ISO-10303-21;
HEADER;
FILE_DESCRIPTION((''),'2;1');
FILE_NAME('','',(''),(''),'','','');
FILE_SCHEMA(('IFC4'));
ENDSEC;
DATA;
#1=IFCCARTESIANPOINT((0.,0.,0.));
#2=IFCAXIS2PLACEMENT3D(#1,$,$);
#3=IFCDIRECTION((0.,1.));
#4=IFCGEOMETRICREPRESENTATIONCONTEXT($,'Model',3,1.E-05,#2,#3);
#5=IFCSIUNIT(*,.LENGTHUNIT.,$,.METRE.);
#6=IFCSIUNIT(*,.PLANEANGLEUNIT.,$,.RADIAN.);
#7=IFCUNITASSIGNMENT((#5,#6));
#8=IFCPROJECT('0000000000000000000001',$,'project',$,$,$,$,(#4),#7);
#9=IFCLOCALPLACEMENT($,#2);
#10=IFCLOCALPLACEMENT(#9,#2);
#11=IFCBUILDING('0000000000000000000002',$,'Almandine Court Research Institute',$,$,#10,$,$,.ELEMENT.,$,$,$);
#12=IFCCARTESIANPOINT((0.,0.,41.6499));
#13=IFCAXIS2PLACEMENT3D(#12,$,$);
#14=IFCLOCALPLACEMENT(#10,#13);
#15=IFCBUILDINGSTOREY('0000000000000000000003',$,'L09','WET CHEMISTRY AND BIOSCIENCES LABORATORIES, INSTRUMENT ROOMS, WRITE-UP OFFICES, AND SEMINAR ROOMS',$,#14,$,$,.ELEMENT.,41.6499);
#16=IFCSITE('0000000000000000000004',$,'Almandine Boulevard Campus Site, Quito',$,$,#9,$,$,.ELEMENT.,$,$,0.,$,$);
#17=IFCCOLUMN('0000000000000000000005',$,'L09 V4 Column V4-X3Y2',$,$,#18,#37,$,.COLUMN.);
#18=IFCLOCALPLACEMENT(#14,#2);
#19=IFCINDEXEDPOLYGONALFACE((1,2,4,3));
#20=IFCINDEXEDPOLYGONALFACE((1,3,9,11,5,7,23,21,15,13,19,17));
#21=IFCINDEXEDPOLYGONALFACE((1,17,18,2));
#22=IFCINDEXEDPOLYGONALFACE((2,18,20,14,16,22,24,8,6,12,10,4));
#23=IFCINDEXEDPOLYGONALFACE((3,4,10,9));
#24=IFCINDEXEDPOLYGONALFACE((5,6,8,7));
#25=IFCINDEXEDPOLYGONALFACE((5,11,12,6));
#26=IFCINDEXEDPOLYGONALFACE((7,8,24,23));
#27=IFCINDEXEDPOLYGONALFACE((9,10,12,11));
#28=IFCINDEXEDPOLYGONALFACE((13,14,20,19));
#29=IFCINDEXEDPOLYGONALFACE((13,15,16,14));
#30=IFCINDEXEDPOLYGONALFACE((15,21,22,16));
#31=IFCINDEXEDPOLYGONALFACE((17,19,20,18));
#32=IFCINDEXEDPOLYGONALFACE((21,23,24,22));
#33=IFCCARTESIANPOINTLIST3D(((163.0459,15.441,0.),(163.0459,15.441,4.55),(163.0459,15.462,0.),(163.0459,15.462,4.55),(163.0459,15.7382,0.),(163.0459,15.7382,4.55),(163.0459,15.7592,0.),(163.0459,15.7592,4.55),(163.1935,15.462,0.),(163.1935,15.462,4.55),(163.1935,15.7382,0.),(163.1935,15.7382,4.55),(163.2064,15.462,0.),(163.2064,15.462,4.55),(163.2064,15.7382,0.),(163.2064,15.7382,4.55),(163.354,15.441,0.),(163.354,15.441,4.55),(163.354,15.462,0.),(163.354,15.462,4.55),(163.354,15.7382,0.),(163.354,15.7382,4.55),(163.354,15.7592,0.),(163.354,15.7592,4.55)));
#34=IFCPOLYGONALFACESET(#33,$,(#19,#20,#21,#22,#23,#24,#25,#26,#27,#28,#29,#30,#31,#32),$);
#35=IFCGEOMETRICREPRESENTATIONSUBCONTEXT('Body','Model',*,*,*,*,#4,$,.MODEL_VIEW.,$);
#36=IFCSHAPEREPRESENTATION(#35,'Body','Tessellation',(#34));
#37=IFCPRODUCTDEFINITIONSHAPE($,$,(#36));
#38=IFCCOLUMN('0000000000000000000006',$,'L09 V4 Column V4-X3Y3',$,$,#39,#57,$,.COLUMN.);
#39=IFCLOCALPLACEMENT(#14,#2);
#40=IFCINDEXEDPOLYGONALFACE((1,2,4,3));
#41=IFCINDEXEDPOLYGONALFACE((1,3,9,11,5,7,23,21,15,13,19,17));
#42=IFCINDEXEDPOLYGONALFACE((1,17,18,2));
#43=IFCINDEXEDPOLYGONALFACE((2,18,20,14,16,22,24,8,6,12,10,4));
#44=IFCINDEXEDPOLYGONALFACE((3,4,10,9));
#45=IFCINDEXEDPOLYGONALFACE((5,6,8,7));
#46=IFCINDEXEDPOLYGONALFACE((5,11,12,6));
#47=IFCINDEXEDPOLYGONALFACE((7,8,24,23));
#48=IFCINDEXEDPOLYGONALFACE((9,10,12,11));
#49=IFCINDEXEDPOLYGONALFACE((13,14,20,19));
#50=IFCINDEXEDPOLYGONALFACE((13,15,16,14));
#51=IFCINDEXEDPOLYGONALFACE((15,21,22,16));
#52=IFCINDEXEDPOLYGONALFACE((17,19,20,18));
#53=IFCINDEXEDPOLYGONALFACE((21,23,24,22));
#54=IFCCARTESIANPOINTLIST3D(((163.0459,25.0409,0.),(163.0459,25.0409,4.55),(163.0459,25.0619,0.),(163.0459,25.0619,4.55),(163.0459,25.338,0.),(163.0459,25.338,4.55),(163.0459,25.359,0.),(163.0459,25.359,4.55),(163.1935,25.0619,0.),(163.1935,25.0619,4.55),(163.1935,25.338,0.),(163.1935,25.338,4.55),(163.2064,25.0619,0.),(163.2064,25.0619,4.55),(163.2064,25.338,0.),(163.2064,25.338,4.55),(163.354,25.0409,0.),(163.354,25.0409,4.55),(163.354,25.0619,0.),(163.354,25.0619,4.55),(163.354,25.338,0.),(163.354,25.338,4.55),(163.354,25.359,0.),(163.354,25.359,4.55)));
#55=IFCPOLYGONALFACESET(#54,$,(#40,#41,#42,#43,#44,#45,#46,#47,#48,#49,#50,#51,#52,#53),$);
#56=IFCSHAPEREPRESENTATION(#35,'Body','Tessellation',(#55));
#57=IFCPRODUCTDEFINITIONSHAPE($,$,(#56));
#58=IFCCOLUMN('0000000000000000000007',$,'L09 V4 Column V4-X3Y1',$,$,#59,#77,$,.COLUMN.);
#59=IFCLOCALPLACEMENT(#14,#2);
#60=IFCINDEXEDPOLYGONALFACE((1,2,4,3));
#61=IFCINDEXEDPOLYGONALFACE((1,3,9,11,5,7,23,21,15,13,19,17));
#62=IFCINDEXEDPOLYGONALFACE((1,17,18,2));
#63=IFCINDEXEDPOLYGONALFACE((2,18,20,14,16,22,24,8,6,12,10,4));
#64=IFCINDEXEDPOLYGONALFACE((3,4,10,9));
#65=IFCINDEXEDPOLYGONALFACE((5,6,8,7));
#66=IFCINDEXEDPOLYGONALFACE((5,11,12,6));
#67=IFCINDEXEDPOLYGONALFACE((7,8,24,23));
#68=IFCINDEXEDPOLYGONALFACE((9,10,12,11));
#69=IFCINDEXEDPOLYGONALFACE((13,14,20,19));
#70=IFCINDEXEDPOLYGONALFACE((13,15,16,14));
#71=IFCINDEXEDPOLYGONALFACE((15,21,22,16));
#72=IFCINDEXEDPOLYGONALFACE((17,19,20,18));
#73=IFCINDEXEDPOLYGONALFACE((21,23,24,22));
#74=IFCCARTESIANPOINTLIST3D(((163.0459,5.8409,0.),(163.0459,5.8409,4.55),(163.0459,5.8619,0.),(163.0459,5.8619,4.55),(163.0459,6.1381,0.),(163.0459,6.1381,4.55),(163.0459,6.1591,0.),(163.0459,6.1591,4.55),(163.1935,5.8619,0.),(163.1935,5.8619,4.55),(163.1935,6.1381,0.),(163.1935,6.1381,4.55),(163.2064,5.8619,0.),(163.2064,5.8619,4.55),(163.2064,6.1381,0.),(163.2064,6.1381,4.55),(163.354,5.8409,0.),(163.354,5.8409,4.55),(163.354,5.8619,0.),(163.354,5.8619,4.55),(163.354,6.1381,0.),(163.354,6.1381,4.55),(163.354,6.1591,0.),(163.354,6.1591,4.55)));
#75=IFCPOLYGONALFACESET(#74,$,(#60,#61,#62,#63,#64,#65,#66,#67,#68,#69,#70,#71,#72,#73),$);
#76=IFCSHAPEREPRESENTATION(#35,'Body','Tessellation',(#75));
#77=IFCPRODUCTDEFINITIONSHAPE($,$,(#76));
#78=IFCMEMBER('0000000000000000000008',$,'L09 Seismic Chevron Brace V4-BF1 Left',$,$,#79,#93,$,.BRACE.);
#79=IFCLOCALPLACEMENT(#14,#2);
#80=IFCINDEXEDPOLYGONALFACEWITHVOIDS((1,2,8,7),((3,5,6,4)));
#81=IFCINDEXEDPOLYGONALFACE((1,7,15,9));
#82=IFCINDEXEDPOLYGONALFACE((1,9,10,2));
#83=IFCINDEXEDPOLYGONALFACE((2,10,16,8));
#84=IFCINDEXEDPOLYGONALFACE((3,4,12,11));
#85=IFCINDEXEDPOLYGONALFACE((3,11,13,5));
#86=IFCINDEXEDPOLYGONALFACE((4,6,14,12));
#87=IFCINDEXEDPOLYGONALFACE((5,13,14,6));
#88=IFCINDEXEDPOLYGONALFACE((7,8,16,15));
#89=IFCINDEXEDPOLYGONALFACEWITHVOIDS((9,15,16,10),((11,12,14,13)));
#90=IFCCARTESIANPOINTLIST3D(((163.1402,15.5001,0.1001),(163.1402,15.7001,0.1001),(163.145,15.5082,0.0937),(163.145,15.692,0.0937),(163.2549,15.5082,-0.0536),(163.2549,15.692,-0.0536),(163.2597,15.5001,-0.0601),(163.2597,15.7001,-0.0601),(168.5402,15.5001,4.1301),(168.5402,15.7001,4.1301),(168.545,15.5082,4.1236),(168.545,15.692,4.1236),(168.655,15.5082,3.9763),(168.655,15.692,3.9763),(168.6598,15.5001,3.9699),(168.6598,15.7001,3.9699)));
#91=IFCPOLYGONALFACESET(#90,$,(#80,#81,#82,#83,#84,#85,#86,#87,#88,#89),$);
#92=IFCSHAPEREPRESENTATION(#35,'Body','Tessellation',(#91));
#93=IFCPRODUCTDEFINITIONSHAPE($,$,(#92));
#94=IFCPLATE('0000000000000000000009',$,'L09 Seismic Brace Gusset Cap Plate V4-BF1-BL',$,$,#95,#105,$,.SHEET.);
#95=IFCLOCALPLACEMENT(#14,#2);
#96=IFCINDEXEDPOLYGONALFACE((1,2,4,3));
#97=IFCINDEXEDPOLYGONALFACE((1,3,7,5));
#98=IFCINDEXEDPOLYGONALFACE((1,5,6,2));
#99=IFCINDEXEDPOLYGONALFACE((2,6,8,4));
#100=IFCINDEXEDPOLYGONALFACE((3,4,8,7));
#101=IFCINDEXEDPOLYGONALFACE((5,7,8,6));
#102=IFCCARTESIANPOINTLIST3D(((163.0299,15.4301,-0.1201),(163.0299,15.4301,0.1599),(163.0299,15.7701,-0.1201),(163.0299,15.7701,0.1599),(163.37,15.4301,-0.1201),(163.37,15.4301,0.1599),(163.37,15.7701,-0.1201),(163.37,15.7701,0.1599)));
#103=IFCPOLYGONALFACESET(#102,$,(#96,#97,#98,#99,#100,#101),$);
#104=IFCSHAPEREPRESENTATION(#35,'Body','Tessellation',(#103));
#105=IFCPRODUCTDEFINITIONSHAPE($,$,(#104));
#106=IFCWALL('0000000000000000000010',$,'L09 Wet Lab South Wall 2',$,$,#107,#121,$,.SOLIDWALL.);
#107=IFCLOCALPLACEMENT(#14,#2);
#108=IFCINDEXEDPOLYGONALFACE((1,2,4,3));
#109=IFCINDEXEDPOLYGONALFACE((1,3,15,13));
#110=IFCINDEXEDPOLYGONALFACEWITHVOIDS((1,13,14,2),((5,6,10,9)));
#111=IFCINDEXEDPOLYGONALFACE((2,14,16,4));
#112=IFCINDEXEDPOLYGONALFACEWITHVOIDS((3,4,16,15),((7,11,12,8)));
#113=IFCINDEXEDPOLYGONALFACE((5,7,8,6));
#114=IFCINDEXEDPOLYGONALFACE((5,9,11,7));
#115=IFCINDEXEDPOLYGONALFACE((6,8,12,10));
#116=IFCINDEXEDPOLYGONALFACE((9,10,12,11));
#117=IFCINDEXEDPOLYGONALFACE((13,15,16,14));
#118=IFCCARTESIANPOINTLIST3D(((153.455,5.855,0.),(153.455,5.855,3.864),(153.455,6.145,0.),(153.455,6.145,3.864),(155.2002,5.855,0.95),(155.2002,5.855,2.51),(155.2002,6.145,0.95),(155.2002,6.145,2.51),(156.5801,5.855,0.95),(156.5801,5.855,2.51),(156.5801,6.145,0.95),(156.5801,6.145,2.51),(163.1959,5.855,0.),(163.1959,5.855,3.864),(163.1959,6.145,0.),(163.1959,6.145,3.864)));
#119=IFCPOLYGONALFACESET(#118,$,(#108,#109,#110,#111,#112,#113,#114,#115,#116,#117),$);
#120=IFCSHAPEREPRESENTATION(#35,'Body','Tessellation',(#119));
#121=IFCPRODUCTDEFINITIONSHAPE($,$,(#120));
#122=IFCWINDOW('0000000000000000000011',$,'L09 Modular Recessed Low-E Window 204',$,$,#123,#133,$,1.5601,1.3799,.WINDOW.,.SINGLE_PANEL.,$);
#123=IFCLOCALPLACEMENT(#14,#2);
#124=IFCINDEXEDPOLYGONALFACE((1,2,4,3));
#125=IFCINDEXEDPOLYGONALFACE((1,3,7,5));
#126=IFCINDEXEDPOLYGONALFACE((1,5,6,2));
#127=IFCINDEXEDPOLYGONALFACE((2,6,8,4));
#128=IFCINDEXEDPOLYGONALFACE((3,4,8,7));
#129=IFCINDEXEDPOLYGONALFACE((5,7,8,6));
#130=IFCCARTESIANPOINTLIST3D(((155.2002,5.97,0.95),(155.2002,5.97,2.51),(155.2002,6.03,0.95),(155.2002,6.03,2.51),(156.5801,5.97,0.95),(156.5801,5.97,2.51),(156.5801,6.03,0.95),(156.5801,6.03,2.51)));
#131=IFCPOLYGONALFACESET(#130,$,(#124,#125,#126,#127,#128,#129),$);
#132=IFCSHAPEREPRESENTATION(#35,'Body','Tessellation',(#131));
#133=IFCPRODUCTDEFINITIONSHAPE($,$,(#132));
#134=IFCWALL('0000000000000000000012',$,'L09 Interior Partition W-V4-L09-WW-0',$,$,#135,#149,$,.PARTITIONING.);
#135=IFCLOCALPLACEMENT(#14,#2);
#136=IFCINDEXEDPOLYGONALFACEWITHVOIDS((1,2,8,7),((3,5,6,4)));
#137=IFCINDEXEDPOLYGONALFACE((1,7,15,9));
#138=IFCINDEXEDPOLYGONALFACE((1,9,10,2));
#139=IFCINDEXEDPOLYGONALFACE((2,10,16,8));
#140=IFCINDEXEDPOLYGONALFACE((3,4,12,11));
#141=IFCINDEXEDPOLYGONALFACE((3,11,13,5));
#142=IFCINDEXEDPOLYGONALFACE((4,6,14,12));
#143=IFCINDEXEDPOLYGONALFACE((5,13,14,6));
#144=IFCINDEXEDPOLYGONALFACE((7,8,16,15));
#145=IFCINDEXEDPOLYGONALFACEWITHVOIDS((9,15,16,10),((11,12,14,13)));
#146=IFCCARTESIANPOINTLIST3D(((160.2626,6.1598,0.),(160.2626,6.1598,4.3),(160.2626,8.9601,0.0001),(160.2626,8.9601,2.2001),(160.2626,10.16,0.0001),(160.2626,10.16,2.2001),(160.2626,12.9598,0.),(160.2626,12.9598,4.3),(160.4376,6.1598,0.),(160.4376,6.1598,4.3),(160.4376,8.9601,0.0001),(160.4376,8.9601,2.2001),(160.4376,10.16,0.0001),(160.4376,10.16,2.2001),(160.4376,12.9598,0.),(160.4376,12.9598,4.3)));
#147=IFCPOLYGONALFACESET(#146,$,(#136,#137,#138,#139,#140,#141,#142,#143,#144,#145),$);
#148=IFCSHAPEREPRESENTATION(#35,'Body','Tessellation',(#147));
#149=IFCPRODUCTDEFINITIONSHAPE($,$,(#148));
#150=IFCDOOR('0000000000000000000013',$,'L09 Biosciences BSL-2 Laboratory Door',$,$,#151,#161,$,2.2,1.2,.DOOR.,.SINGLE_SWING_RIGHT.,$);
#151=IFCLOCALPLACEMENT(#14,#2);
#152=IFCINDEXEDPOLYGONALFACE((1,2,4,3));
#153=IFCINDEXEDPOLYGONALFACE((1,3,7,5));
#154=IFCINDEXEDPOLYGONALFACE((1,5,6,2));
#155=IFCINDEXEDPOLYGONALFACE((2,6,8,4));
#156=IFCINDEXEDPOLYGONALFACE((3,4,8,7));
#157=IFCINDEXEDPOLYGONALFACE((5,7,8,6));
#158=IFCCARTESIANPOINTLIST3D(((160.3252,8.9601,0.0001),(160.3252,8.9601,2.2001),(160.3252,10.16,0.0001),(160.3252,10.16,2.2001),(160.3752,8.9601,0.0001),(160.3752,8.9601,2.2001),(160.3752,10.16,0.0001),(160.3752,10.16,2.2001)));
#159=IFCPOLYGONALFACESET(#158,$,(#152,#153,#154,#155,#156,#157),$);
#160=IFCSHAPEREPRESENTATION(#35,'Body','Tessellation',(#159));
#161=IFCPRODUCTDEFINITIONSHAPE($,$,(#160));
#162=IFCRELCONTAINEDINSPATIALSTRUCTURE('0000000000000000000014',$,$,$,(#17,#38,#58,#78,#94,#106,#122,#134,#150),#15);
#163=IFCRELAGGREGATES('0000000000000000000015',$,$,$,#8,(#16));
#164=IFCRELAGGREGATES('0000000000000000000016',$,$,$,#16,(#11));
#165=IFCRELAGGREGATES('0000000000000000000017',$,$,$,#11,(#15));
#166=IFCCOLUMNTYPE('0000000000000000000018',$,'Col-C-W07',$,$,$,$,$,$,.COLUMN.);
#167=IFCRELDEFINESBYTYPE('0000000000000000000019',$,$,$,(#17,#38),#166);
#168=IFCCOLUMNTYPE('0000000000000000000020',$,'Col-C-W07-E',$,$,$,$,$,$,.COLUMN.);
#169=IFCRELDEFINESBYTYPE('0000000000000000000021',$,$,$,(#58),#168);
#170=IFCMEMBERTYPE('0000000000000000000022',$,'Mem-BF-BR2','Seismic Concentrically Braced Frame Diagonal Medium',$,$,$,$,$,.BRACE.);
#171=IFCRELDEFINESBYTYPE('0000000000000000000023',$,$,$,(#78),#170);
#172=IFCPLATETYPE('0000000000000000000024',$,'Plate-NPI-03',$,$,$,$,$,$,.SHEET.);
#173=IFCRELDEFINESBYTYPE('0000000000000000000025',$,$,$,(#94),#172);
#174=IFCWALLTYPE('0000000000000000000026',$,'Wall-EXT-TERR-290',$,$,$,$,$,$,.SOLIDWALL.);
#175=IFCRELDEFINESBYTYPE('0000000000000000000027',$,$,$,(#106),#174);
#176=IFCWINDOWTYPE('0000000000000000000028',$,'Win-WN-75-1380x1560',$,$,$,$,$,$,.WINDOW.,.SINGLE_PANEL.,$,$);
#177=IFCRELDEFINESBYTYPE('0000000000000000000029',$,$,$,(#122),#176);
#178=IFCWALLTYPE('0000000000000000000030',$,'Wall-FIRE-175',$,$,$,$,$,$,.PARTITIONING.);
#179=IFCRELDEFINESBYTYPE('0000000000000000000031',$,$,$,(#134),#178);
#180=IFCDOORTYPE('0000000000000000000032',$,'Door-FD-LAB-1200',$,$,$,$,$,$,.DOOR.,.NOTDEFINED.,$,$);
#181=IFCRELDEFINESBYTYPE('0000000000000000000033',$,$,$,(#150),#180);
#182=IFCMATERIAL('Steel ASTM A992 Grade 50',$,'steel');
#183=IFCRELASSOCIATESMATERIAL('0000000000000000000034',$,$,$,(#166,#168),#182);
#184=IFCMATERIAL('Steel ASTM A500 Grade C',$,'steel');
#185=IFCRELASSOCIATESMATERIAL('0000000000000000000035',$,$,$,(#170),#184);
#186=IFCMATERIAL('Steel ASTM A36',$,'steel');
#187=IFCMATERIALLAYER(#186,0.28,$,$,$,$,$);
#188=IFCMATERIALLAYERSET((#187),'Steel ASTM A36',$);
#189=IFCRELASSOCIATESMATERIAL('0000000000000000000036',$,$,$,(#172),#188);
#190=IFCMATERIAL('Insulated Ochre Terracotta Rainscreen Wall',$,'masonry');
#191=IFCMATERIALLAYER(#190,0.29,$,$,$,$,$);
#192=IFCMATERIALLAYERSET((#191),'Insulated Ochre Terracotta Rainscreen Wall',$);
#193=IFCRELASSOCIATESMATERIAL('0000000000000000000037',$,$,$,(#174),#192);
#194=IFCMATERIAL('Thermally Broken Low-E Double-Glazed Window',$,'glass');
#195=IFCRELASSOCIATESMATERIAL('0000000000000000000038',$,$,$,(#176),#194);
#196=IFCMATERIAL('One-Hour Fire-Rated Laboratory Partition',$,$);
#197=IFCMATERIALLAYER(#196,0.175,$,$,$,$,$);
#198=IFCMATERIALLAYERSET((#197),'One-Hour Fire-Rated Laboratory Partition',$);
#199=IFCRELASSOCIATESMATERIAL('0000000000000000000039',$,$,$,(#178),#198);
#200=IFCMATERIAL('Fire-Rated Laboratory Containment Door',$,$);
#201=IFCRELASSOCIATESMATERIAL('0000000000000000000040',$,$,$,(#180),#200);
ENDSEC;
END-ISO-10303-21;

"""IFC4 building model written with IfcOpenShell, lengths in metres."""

from ifc_helpers import new_model, si_unit, direction, frame, frame_2d, origin, origin_2d, place, context, subcontext, project, spatial, rectangle, hollow_rectangle, i_section, extrude, material, layer, layer_set, material_profile, profile_set, type_object, element, fill, save


model = new_model("IFC4")

# Units and contexts
model_context = context("Model", 3, precision=1e-05, world=origin(), true_north=direction((0.0, 1.0)))
body_context = subcontext(model_context, "Body", "Model", "MODEL_VIEW")
ifc_project = project(units=[si_unit("LENGTHUNIT", "METRE"), si_unit("PLANEANGLEUNIT", "RADIAN")], contexts=[model_context])

# Site, building, storey
site_placement = place(None, origin())
site = spatial("IfcSite", under=ifc_project, at=site_placement, Name="Almandine Boulevard Campus Site, Quito", CompositionType="ELEMENT", RefElevation=0.0)
building_placement = place(site_placement, origin())
building = spatial("IfcBuilding", under=site, at=building_placement, Name="Almandine Court Research Institute", CompositionType="ELEMENT")
storey_placement = place(building_placement, frame((0.0, 0.0, 41.6499)))
storey = spatial("IfcBuildingStorey", under=building, at=storey_placement, Name="L09", Description="WET CHEMISTRY AND BIOSCIENCES LABORATORIES, INSTRUMENT ROOMS, WRITE-UP OFFICES, AND SEMINAR ROOMS", CompositionType="ELEMENT", Elevation=41.6499)

# Columns
ifc_material_1 = material(Name="Steel ASTM A992 Grade 50", Category="steel")
ifc_material_profile_1 = material_profile(ifc_material_1, i_section(OverallWidth=0.3081, OverallDepth=0.3181, WebThickness=0.0129, FlangeThickness=0.021, at=origin_2d()), Name="W310x129")
ifc_profile_set_1 = profile_set([ifc_material_profile_1], Name="Steel ASTM A992 Grade 50")
column_type_1 = type_object("IfcColumnType", Name="Col-C-W07", PredefinedType="COLUMN", material=ifc_profile_set_1)
for number, where, z_axis, x_axis, name in (
    (1, (163.2, 15.6001, 0.0), (0.0, 0.0, 1.0), (1.0, 0.0, 0.0), "L09 V4 Column V4-X3Y2"),
    (2, (163.2, 25.2, 0.0), (0.0, 0.0, 1.0), (1.0, 0.0, 0.0), "L09 V4 Column V4-X3Y3"),
):
    element("IfcColumn", number, at=place(storey_placement, frame(where, z_axis=z_axis, x_axis=x_axis)), inside=storey, type_object=column_type_1, Name=name, PredefinedType="COLUMN", context=body_context, shape_type="SweptSolid", body=[
        extrude(i_section(OverallWidth=0.3081, OverallDepth=0.3181, WebThickness=0.0129, FlangeThickness=0.021, at=origin_2d()), origin(), (0.0, 0.0, 1.0), 4.55),
    ])
ifc_material_profile_2 = material_profile(ifc_material_1, i_section(OverallWidth=0.3081, OverallDepth=0.3181, WebThickness=0.0129, FlangeThickness=0.021, at=origin_2d()), Name="W310x129")
ifc_profile_set_2 = profile_set([ifc_material_profile_2], Name="Steel ASTM A992 Grade 50")
column_type_2 = type_object("IfcColumnType", Name="Col-C-W07-E", PredefinedType="COLUMN", material=ifc_profile_set_2)
column_placement = place(storey_placement, frame((163.2, 6.0, 0.0), z_axis=(0.0, 0.0, 1.0), x_axis=(1.0, 0.0, 0.0)))
element("IfcColumn", 3, at=column_placement, inside=storey, type_object=column_type_2, Name="L09 V4 Column V4-X3Y1", PredefinedType="COLUMN", context=body_context, shape_type="SweptSolid", body=[
    extrude(i_section(OverallWidth=0.3081, OverallDepth=0.3181, WebThickness=0.0129, FlangeThickness=0.021, at=origin_2d()), origin(), (0.0, 0.0, 1.0), 4.55),
])

# Member
ifc_material_2 = material(Name="Steel ASTM A500 Grade C", Category="steel")
ifc_material_profile_3 = material_profile(ifc_material_2, hollow_rectangle(XDim=0.2, YDim=0.2, WallThickness=0.0081, at=origin_2d()), Name="HSS 200x200x8")
ifc_profile_set_3 = profile_set([ifc_material_profile_3], Name="Steel ASTM A500 Grade C")
member_type = type_object("IfcMemberType", Name="Mem-BF-BR2", Description="Seismic Concentrically Braced Frame Diagonal Medium", PredefinedType="BRACE", material=ifc_profile_set_3)
member_placement = place(storey_placement, frame((163.2, 15.6001, 0.02), z_axis=(0.801428, 0.0, 0.598091), x_axis=(0.0, 1.0, 0.0)))
element("IfcMember", 4, at=member_placement, inside=storey, type_object=member_type, Name="L09 Seismic Chevron Brace V4-BF1 Left", PredefinedType="BRACE", context=body_context, shape_type="SweptSolid", body=[
    extrude(hollow_rectangle(XDim=0.2, YDim=0.2, WallThickness=0.0081, at=origin_2d()), origin(), (0.0, 0.0, 1.0), 6.738),
])

# Plate
ifc_material_3 = material(Name="Steel ASTM A36", Category="steel")
ifc_layer_1 = layer(ifc_material_3, 0.28)
ifc_layer_set_1 = layer_set([ifc_layer_1], Name="Steel ASTM A36")
plate_type = type_object("IfcPlateType", Name="Plate-NPI-03", PredefinedType="SHEET", material=ifc_layer_set_1)
plate_placement = place(storey_placement, frame((163.2, 15.6001, -0.1201), z_axis=(0.0, 0.0, 1.0), x_axis=(1.0, 0.0, 0.0)))
element("IfcPlate", 5, at=plate_placement, inside=storey, type_object=plate_type, Name="L09 Seismic Brace Gusset Cap Plate V4-BF1-BL", PredefinedType="SHEET", context=body_context, shape_type="SweptSolid", body=[
    extrude(rectangle(XDim=0.3401, YDim=0.3401, at=origin_2d()), origin(), (0.0, 0.0, 1.0), 0.28),
])

# Wall, opening, window
ifc_material_4 = material(Name="Insulated Ochre Terracotta Rainscreen Wall", Category="masonry")
ifc_layer_2 = layer(ifc_material_4, 0.29)
ifc_layer_set_2 = layer_set([ifc_layer_2], Name="Insulated Ochre Terracotta Rainscreen Wall")
wall_type_1 = type_object("IfcWallType", Name="Wall-EXT-TERR-290", PredefinedType="SOLIDWALL", material=ifc_layer_set_2)
wall_1_placement = place(storey_placement, frame((163.196, 6.0, 0.0), z_axis=(0.0, 0.0, 1.0), x_axis=(-1.0, 0.0, 0.0)))
wall_1 = element("IfcWall", 6, at=wall_1_placement, inside=storey, type_object=wall_type_1, Name="L09 Wet Lab South Wall 2", PredefinedType="SOLIDWALL", context=body_context, shape_type="SweptSolid", body=[
    extrude(rectangle(XDim=9.741, YDim=0.29, at=frame_2d((4.8706, 0.0))), origin(), (0.0, 0.0, 1.0), 3.864),
])
opening_1_placement = place(wall_1_placement, frame((6.616, 0.0, 0.95)))
opening_1 = element("IfcOpeningElement", 7, at=opening_1_placement, cuts=wall_1, PredefinedType="OPENING", context=body_context, shape_type="SweptSolid", body=[
    extrude(rectangle(XDim=1.3799, YDim=1.5601, at=frame_2d((0.6899, 0.78))), frame((0.0, 0.155, 0.0), z_axis=(0.0, -1.0, 0.0), x_axis=(1.0, 0.0, 0.0)), (0.0, 0.0, 1.0), 0.3101),
])
ifc_material_5 = material(Name="Thermally Broken Low-E Double-Glazed Window", Category="glass")
window_type = type_object("IfcWindowType", Name="Win-WN-75-1380x1560", PartitioningType="SINGLE_PANEL", PredefinedType="WINDOW", material=ifc_material_5)
window_placement = place(opening_1_placement, origin())
window = element("IfcWindow", 8, at=window_placement, inside=storey, type_object=window_type, Name="L09 Modular Recessed Low-E Window 204", OverallHeight=1.5601, OverallWidth=1.3799, PartitioningType="SINGLE_PANEL", PredefinedType="WINDOW", context=body_context, shape_type="SweptSolid", body=[
    extrude(rectangle(XDim=1.3799, YDim=1.5601, at=frame_2d((0.6899, 0.78))), frame((0.0, 0.03, 0.0), z_axis=(0.0, -1.0, 0.0), x_axis=(1.0, 0.0, 0.0)), (0.0, 0.0, 1.0), 0.0601),
])
fill(opening_1, window)

# Wall, opening, door
ifc_material_6 = material(Name="One-Hour Fire-Rated Laboratory Partition")
ifc_layer_3 = layer(ifc_material_6, 0.175)
ifc_layer_set_3 = layer_set([ifc_layer_3], Name="One-Hour Fire-Rated Laboratory Partition")
wall_type_2 = type_object("IfcWallType", Name="Wall-FIRE-175", PredefinedType="PARTITIONING", material=ifc_layer_set_3)
wall_2_placement = place(storey_placement, frame((160.3501, 6.1599, 0.0), z_axis=(0.0, 0.0, 1.0), x_axis=(0.0, 1.0, 0.0)))
wall_2 = element("IfcWall", 9, at=wall_2_placement, inside=storey, type_object=wall_type_2, Name="L09 Interior Partition W-V4-L09-WW-0", PredefinedType="PARTITIONING", context=body_context, shape_type="SweptSolid", body=[
    extrude(rectangle(XDim=6.8, YDim=0.175, at=frame_2d((3.3999, 0.0))), origin(), (0.0, 0.0, 1.0), 4.3),
])
opening_2_placement = place(wall_2_placement, frame((2.8, 0.0, 0.0)))
opening_2 = element("IfcOpeningElement", 10, at=opening_2_placement, cuts=wall_2, PredefinedType="OPENING", context=body_context, shape_type="SweptSolid", body=[
    extrude(rectangle(XDim=1.2, YDim=2.2, at=frame_2d((0.6001, 1.1001))), frame((0.0, 0.0974, 0.0), z_axis=(0.0, -1.0, 0.0), x_axis=(1.0, 0.0, 0.0)), (0.0, 0.0, 1.0), 0.1951),
])
ifc_material_7 = material(Name="Fire-Rated Laboratory Containment Door")
door_type_1 = type_object("IfcDoorType", Name="Door-FD-LAB-1200", OperationType="NOTDEFINED", PredefinedType="DOOR", material=ifc_material_7)
door_1_placement = place(opening_2_placement, origin())
door_1 = element("IfcDoor", 11, at=door_1_placement, inside=storey, type_object=door_type_1, Name="L09 Biosciences BSL-2 Laboratory Door", OperationType="SINGLE_SWING_RIGHT", OverallHeight=2.2, OverallWidth=1.2, PredefinedType="DOOR", context=body_context, shape_type="SweptSolid", body=[
    extrude(rectangle(XDim=1.2, YDim=2.2, at=frame_2d((0.6001, 1.1001))), frame((0.0, 0.0249, 0.0), z_axis=(0.0, -1.0, 0.0), x_axis=(1.0, 0.0, 0.0)), (0.0, 0.0, 1.0), 0.05),
])
fill(opening_2, door_1)

save(model, "model.ifc")
